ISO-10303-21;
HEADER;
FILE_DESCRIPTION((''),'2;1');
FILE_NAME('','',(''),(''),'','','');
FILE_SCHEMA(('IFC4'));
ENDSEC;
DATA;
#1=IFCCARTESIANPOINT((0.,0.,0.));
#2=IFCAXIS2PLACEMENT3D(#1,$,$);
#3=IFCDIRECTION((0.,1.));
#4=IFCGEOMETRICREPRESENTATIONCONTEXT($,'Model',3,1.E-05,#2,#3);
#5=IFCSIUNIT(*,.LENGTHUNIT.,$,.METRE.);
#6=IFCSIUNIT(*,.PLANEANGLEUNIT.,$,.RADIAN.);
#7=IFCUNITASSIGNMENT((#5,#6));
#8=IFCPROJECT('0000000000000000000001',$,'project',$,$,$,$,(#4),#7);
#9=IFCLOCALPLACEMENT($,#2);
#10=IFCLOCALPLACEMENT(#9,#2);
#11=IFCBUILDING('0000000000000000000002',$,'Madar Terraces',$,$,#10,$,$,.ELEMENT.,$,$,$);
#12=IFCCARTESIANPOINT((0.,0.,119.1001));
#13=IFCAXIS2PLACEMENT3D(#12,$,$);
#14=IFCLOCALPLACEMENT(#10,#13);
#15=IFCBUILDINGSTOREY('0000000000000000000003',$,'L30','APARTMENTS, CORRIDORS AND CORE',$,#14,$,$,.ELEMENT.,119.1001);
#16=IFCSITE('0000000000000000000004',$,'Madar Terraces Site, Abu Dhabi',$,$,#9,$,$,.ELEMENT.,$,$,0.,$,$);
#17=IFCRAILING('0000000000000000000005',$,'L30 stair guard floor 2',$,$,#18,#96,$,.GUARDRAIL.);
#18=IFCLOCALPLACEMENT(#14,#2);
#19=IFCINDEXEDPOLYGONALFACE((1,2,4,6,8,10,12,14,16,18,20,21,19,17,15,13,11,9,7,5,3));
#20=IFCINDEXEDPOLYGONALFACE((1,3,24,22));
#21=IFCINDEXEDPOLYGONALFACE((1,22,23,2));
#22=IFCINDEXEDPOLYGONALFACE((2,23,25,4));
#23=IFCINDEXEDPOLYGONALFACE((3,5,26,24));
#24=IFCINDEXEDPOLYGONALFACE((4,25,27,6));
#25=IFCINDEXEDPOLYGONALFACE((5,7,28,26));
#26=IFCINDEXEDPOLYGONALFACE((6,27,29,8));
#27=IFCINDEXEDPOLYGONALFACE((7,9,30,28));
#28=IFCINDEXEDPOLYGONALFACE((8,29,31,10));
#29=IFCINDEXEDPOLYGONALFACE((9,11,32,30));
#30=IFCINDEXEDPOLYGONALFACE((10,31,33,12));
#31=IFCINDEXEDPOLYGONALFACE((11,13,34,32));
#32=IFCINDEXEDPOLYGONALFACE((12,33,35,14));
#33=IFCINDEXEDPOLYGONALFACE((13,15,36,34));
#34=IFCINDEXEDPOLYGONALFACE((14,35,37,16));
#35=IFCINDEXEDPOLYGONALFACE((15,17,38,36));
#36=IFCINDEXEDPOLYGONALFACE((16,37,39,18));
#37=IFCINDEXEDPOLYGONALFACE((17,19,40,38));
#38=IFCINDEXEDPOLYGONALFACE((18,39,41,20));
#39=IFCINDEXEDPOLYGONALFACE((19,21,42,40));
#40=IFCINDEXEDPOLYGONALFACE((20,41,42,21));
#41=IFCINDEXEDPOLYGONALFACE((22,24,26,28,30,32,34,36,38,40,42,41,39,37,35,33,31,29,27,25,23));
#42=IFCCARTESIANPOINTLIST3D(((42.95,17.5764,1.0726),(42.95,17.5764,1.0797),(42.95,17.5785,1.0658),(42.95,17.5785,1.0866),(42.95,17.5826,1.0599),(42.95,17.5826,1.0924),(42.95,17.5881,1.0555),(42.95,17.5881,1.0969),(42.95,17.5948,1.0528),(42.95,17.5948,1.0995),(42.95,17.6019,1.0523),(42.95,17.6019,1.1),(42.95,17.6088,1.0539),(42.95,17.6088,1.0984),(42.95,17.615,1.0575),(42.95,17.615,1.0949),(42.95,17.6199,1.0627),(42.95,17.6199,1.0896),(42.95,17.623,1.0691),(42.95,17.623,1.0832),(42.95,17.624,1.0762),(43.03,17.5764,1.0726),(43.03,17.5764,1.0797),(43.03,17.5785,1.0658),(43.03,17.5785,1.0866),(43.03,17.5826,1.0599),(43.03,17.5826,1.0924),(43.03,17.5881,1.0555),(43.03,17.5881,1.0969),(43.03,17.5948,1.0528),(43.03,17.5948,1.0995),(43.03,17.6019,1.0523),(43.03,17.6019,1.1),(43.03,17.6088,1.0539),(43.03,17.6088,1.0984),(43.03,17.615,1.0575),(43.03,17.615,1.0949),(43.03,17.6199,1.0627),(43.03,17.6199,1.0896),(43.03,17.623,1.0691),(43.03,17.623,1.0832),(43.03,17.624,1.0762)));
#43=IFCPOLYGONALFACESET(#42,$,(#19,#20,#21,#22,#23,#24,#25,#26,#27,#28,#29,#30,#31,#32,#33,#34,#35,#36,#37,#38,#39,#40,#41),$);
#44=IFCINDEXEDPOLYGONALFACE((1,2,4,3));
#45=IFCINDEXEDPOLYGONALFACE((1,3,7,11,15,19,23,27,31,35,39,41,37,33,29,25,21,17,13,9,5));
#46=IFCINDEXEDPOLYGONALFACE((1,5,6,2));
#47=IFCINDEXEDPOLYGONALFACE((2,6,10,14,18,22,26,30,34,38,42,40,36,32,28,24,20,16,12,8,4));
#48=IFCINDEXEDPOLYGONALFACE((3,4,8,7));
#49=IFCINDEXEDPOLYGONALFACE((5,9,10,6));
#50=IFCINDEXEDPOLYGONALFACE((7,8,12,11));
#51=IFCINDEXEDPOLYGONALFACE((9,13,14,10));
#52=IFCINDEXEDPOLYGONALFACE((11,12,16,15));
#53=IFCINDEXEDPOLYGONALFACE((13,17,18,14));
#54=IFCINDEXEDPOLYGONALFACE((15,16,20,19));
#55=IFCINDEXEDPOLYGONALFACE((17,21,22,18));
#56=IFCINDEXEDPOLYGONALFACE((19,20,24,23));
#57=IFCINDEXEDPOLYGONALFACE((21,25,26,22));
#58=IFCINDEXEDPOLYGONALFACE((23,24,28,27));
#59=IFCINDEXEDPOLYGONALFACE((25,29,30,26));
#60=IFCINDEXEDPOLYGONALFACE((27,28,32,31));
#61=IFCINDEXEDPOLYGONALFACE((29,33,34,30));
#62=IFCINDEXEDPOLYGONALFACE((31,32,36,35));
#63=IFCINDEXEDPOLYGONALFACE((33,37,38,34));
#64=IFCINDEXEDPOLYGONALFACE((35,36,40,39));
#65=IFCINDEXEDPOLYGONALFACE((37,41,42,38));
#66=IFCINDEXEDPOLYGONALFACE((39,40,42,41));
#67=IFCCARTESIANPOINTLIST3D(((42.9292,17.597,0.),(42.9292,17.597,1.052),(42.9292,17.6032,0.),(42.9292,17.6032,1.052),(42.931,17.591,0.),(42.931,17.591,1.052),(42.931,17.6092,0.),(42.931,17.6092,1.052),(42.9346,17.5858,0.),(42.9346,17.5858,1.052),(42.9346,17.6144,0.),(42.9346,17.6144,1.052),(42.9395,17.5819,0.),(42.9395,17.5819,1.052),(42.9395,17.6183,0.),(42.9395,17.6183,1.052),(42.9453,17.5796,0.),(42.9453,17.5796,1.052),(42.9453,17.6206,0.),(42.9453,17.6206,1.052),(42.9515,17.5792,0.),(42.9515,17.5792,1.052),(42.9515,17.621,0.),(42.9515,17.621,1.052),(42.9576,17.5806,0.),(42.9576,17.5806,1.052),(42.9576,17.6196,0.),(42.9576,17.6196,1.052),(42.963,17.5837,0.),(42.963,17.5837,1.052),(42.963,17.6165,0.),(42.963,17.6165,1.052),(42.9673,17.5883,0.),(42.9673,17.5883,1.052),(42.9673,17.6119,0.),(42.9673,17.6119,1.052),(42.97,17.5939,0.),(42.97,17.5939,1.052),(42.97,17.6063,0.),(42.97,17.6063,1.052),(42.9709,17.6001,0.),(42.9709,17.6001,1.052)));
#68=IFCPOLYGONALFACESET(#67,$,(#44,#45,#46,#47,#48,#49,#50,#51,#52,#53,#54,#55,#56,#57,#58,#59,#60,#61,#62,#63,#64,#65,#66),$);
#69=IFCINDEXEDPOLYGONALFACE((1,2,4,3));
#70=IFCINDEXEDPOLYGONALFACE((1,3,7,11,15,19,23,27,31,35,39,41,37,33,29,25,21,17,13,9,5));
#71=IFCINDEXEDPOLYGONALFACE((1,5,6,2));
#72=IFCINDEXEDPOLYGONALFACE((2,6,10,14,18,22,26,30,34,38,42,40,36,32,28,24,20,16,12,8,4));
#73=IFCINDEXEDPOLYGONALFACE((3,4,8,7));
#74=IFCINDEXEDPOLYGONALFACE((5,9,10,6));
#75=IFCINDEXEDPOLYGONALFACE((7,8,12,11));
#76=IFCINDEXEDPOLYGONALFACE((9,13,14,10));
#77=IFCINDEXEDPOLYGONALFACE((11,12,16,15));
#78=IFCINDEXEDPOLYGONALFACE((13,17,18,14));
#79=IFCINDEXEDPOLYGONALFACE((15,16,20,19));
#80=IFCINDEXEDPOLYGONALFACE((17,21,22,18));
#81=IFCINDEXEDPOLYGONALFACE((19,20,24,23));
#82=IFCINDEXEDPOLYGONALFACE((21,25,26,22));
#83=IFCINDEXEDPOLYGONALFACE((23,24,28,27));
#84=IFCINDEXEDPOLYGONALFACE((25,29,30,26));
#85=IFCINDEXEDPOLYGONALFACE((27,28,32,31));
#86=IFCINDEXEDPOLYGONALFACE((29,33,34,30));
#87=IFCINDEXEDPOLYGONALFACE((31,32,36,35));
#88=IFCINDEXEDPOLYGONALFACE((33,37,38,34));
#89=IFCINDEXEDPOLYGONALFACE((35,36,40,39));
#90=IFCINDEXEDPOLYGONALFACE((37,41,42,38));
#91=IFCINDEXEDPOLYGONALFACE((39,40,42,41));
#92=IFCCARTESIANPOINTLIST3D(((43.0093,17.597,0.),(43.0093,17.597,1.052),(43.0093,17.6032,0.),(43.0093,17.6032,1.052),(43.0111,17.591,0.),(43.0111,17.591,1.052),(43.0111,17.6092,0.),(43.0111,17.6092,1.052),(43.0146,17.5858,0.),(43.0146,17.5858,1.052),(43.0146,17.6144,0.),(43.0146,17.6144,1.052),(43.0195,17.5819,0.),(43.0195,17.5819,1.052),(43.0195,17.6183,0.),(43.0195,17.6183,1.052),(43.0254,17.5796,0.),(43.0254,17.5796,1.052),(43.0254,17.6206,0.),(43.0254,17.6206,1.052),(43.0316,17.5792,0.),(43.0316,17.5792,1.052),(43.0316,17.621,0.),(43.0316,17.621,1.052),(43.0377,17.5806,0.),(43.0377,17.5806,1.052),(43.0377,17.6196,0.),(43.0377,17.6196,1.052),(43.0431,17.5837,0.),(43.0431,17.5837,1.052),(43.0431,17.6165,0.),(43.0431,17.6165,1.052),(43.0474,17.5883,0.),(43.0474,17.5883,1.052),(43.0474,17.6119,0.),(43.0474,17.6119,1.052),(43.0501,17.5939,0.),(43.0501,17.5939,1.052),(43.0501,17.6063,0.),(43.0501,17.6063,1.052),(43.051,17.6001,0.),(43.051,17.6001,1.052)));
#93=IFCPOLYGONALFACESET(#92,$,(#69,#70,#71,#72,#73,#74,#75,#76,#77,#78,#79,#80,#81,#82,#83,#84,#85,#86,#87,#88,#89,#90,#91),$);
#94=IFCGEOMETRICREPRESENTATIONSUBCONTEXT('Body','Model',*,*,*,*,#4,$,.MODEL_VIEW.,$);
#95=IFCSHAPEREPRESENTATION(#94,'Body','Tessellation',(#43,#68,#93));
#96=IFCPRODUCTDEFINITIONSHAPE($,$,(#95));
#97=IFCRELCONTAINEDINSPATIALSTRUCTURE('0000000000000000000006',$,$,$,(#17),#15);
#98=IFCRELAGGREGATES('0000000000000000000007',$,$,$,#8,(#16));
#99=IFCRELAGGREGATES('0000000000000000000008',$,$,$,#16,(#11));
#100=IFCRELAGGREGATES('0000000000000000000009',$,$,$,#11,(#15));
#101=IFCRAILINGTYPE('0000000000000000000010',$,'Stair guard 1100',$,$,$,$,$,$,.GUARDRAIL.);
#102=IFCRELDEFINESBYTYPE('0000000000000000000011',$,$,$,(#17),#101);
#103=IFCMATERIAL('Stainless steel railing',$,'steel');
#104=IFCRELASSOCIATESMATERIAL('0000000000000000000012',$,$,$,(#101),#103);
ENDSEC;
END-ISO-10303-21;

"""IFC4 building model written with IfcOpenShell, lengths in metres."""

from ifc_helpers import new_model, si_unit, direction, frame, origin, origin_2d, place, context, subcontext, project, spatial, circle, extrude, material, type_object, element, save


model = new_model("IFC4")

# Units and contexts
model_context = context("Model", 3, precision=1e-05, world=origin(), true_north=direction((0.0, 1.0)))
body_context = subcontext(model_context, "Body", "Model", "MODEL_VIEW")
ifc_project = project(units=[si_unit("LENGTHUNIT", "METRE"), si_unit("PLANEANGLEUNIT", "RADIAN")], contexts=[model_context])

# Site, building, storey
site_placement = place(None, origin())
site = spatial("IfcSite", under=ifc_project, at=site_placement, Name="Madar Terraces Site, Abu Dhabi", CompositionType="ELEMENT", RefElevation=0.0)
building_placement = place(site_placement, origin())
building = spatial("IfcBuilding", under=site, at=building_placement, Name="Madar Terraces", CompositionType="ELEMENT")
storey_placement = place(building_placement, frame((0.0, 0.0, 119.1001)))
storey = spatial("IfcBuildingStorey", under=building, at=storey_placement, Name="L30", Description="APARTMENTS, CORRIDORS AND CORE", CompositionType="ELEMENT", Elevation=119.1001)

# Railing
ifc_material_1 = material(Name="Stainless steel railing", Category="steel")
railing_type_1 = type_object("IfcRailingType", Name="Stair guard 1100", PredefinedType="GUARDRAIL", material=ifc_material_1)
railing_1_placement = place(storey_placement, frame((42.95, 17.6001, 0.0)))
element("IfcRailing", 1, at=railing_1_placement, inside=storey, type_object=railing_type_1, Name="L30 stair guard floor 2", PredefinedType="GUARDRAIL", context=body_context, shape_type="SweptSolid", body=[
    extrude(circle(Radius=0.0239, at=origin_2d()), frame((0.0, 0.0, 1.0762), z_axis=(1.0, 0.0, 0.0), x_axis=(0.0, 1.0, 0.0)), (0.0, 0.0, 1.0), 0.0801),
    extrude(circle(Radius=0.021, at=origin_2d()), origin(), (0.0, 0.0, 1.0), 1.052),
    extrude(circle(Radius=0.021, at=origin_2d()), frame((0.0801, 0.0, 0.0)), (0.0, 0.0, 1.0), 1.052),
])

save(model, "model.ifc")
